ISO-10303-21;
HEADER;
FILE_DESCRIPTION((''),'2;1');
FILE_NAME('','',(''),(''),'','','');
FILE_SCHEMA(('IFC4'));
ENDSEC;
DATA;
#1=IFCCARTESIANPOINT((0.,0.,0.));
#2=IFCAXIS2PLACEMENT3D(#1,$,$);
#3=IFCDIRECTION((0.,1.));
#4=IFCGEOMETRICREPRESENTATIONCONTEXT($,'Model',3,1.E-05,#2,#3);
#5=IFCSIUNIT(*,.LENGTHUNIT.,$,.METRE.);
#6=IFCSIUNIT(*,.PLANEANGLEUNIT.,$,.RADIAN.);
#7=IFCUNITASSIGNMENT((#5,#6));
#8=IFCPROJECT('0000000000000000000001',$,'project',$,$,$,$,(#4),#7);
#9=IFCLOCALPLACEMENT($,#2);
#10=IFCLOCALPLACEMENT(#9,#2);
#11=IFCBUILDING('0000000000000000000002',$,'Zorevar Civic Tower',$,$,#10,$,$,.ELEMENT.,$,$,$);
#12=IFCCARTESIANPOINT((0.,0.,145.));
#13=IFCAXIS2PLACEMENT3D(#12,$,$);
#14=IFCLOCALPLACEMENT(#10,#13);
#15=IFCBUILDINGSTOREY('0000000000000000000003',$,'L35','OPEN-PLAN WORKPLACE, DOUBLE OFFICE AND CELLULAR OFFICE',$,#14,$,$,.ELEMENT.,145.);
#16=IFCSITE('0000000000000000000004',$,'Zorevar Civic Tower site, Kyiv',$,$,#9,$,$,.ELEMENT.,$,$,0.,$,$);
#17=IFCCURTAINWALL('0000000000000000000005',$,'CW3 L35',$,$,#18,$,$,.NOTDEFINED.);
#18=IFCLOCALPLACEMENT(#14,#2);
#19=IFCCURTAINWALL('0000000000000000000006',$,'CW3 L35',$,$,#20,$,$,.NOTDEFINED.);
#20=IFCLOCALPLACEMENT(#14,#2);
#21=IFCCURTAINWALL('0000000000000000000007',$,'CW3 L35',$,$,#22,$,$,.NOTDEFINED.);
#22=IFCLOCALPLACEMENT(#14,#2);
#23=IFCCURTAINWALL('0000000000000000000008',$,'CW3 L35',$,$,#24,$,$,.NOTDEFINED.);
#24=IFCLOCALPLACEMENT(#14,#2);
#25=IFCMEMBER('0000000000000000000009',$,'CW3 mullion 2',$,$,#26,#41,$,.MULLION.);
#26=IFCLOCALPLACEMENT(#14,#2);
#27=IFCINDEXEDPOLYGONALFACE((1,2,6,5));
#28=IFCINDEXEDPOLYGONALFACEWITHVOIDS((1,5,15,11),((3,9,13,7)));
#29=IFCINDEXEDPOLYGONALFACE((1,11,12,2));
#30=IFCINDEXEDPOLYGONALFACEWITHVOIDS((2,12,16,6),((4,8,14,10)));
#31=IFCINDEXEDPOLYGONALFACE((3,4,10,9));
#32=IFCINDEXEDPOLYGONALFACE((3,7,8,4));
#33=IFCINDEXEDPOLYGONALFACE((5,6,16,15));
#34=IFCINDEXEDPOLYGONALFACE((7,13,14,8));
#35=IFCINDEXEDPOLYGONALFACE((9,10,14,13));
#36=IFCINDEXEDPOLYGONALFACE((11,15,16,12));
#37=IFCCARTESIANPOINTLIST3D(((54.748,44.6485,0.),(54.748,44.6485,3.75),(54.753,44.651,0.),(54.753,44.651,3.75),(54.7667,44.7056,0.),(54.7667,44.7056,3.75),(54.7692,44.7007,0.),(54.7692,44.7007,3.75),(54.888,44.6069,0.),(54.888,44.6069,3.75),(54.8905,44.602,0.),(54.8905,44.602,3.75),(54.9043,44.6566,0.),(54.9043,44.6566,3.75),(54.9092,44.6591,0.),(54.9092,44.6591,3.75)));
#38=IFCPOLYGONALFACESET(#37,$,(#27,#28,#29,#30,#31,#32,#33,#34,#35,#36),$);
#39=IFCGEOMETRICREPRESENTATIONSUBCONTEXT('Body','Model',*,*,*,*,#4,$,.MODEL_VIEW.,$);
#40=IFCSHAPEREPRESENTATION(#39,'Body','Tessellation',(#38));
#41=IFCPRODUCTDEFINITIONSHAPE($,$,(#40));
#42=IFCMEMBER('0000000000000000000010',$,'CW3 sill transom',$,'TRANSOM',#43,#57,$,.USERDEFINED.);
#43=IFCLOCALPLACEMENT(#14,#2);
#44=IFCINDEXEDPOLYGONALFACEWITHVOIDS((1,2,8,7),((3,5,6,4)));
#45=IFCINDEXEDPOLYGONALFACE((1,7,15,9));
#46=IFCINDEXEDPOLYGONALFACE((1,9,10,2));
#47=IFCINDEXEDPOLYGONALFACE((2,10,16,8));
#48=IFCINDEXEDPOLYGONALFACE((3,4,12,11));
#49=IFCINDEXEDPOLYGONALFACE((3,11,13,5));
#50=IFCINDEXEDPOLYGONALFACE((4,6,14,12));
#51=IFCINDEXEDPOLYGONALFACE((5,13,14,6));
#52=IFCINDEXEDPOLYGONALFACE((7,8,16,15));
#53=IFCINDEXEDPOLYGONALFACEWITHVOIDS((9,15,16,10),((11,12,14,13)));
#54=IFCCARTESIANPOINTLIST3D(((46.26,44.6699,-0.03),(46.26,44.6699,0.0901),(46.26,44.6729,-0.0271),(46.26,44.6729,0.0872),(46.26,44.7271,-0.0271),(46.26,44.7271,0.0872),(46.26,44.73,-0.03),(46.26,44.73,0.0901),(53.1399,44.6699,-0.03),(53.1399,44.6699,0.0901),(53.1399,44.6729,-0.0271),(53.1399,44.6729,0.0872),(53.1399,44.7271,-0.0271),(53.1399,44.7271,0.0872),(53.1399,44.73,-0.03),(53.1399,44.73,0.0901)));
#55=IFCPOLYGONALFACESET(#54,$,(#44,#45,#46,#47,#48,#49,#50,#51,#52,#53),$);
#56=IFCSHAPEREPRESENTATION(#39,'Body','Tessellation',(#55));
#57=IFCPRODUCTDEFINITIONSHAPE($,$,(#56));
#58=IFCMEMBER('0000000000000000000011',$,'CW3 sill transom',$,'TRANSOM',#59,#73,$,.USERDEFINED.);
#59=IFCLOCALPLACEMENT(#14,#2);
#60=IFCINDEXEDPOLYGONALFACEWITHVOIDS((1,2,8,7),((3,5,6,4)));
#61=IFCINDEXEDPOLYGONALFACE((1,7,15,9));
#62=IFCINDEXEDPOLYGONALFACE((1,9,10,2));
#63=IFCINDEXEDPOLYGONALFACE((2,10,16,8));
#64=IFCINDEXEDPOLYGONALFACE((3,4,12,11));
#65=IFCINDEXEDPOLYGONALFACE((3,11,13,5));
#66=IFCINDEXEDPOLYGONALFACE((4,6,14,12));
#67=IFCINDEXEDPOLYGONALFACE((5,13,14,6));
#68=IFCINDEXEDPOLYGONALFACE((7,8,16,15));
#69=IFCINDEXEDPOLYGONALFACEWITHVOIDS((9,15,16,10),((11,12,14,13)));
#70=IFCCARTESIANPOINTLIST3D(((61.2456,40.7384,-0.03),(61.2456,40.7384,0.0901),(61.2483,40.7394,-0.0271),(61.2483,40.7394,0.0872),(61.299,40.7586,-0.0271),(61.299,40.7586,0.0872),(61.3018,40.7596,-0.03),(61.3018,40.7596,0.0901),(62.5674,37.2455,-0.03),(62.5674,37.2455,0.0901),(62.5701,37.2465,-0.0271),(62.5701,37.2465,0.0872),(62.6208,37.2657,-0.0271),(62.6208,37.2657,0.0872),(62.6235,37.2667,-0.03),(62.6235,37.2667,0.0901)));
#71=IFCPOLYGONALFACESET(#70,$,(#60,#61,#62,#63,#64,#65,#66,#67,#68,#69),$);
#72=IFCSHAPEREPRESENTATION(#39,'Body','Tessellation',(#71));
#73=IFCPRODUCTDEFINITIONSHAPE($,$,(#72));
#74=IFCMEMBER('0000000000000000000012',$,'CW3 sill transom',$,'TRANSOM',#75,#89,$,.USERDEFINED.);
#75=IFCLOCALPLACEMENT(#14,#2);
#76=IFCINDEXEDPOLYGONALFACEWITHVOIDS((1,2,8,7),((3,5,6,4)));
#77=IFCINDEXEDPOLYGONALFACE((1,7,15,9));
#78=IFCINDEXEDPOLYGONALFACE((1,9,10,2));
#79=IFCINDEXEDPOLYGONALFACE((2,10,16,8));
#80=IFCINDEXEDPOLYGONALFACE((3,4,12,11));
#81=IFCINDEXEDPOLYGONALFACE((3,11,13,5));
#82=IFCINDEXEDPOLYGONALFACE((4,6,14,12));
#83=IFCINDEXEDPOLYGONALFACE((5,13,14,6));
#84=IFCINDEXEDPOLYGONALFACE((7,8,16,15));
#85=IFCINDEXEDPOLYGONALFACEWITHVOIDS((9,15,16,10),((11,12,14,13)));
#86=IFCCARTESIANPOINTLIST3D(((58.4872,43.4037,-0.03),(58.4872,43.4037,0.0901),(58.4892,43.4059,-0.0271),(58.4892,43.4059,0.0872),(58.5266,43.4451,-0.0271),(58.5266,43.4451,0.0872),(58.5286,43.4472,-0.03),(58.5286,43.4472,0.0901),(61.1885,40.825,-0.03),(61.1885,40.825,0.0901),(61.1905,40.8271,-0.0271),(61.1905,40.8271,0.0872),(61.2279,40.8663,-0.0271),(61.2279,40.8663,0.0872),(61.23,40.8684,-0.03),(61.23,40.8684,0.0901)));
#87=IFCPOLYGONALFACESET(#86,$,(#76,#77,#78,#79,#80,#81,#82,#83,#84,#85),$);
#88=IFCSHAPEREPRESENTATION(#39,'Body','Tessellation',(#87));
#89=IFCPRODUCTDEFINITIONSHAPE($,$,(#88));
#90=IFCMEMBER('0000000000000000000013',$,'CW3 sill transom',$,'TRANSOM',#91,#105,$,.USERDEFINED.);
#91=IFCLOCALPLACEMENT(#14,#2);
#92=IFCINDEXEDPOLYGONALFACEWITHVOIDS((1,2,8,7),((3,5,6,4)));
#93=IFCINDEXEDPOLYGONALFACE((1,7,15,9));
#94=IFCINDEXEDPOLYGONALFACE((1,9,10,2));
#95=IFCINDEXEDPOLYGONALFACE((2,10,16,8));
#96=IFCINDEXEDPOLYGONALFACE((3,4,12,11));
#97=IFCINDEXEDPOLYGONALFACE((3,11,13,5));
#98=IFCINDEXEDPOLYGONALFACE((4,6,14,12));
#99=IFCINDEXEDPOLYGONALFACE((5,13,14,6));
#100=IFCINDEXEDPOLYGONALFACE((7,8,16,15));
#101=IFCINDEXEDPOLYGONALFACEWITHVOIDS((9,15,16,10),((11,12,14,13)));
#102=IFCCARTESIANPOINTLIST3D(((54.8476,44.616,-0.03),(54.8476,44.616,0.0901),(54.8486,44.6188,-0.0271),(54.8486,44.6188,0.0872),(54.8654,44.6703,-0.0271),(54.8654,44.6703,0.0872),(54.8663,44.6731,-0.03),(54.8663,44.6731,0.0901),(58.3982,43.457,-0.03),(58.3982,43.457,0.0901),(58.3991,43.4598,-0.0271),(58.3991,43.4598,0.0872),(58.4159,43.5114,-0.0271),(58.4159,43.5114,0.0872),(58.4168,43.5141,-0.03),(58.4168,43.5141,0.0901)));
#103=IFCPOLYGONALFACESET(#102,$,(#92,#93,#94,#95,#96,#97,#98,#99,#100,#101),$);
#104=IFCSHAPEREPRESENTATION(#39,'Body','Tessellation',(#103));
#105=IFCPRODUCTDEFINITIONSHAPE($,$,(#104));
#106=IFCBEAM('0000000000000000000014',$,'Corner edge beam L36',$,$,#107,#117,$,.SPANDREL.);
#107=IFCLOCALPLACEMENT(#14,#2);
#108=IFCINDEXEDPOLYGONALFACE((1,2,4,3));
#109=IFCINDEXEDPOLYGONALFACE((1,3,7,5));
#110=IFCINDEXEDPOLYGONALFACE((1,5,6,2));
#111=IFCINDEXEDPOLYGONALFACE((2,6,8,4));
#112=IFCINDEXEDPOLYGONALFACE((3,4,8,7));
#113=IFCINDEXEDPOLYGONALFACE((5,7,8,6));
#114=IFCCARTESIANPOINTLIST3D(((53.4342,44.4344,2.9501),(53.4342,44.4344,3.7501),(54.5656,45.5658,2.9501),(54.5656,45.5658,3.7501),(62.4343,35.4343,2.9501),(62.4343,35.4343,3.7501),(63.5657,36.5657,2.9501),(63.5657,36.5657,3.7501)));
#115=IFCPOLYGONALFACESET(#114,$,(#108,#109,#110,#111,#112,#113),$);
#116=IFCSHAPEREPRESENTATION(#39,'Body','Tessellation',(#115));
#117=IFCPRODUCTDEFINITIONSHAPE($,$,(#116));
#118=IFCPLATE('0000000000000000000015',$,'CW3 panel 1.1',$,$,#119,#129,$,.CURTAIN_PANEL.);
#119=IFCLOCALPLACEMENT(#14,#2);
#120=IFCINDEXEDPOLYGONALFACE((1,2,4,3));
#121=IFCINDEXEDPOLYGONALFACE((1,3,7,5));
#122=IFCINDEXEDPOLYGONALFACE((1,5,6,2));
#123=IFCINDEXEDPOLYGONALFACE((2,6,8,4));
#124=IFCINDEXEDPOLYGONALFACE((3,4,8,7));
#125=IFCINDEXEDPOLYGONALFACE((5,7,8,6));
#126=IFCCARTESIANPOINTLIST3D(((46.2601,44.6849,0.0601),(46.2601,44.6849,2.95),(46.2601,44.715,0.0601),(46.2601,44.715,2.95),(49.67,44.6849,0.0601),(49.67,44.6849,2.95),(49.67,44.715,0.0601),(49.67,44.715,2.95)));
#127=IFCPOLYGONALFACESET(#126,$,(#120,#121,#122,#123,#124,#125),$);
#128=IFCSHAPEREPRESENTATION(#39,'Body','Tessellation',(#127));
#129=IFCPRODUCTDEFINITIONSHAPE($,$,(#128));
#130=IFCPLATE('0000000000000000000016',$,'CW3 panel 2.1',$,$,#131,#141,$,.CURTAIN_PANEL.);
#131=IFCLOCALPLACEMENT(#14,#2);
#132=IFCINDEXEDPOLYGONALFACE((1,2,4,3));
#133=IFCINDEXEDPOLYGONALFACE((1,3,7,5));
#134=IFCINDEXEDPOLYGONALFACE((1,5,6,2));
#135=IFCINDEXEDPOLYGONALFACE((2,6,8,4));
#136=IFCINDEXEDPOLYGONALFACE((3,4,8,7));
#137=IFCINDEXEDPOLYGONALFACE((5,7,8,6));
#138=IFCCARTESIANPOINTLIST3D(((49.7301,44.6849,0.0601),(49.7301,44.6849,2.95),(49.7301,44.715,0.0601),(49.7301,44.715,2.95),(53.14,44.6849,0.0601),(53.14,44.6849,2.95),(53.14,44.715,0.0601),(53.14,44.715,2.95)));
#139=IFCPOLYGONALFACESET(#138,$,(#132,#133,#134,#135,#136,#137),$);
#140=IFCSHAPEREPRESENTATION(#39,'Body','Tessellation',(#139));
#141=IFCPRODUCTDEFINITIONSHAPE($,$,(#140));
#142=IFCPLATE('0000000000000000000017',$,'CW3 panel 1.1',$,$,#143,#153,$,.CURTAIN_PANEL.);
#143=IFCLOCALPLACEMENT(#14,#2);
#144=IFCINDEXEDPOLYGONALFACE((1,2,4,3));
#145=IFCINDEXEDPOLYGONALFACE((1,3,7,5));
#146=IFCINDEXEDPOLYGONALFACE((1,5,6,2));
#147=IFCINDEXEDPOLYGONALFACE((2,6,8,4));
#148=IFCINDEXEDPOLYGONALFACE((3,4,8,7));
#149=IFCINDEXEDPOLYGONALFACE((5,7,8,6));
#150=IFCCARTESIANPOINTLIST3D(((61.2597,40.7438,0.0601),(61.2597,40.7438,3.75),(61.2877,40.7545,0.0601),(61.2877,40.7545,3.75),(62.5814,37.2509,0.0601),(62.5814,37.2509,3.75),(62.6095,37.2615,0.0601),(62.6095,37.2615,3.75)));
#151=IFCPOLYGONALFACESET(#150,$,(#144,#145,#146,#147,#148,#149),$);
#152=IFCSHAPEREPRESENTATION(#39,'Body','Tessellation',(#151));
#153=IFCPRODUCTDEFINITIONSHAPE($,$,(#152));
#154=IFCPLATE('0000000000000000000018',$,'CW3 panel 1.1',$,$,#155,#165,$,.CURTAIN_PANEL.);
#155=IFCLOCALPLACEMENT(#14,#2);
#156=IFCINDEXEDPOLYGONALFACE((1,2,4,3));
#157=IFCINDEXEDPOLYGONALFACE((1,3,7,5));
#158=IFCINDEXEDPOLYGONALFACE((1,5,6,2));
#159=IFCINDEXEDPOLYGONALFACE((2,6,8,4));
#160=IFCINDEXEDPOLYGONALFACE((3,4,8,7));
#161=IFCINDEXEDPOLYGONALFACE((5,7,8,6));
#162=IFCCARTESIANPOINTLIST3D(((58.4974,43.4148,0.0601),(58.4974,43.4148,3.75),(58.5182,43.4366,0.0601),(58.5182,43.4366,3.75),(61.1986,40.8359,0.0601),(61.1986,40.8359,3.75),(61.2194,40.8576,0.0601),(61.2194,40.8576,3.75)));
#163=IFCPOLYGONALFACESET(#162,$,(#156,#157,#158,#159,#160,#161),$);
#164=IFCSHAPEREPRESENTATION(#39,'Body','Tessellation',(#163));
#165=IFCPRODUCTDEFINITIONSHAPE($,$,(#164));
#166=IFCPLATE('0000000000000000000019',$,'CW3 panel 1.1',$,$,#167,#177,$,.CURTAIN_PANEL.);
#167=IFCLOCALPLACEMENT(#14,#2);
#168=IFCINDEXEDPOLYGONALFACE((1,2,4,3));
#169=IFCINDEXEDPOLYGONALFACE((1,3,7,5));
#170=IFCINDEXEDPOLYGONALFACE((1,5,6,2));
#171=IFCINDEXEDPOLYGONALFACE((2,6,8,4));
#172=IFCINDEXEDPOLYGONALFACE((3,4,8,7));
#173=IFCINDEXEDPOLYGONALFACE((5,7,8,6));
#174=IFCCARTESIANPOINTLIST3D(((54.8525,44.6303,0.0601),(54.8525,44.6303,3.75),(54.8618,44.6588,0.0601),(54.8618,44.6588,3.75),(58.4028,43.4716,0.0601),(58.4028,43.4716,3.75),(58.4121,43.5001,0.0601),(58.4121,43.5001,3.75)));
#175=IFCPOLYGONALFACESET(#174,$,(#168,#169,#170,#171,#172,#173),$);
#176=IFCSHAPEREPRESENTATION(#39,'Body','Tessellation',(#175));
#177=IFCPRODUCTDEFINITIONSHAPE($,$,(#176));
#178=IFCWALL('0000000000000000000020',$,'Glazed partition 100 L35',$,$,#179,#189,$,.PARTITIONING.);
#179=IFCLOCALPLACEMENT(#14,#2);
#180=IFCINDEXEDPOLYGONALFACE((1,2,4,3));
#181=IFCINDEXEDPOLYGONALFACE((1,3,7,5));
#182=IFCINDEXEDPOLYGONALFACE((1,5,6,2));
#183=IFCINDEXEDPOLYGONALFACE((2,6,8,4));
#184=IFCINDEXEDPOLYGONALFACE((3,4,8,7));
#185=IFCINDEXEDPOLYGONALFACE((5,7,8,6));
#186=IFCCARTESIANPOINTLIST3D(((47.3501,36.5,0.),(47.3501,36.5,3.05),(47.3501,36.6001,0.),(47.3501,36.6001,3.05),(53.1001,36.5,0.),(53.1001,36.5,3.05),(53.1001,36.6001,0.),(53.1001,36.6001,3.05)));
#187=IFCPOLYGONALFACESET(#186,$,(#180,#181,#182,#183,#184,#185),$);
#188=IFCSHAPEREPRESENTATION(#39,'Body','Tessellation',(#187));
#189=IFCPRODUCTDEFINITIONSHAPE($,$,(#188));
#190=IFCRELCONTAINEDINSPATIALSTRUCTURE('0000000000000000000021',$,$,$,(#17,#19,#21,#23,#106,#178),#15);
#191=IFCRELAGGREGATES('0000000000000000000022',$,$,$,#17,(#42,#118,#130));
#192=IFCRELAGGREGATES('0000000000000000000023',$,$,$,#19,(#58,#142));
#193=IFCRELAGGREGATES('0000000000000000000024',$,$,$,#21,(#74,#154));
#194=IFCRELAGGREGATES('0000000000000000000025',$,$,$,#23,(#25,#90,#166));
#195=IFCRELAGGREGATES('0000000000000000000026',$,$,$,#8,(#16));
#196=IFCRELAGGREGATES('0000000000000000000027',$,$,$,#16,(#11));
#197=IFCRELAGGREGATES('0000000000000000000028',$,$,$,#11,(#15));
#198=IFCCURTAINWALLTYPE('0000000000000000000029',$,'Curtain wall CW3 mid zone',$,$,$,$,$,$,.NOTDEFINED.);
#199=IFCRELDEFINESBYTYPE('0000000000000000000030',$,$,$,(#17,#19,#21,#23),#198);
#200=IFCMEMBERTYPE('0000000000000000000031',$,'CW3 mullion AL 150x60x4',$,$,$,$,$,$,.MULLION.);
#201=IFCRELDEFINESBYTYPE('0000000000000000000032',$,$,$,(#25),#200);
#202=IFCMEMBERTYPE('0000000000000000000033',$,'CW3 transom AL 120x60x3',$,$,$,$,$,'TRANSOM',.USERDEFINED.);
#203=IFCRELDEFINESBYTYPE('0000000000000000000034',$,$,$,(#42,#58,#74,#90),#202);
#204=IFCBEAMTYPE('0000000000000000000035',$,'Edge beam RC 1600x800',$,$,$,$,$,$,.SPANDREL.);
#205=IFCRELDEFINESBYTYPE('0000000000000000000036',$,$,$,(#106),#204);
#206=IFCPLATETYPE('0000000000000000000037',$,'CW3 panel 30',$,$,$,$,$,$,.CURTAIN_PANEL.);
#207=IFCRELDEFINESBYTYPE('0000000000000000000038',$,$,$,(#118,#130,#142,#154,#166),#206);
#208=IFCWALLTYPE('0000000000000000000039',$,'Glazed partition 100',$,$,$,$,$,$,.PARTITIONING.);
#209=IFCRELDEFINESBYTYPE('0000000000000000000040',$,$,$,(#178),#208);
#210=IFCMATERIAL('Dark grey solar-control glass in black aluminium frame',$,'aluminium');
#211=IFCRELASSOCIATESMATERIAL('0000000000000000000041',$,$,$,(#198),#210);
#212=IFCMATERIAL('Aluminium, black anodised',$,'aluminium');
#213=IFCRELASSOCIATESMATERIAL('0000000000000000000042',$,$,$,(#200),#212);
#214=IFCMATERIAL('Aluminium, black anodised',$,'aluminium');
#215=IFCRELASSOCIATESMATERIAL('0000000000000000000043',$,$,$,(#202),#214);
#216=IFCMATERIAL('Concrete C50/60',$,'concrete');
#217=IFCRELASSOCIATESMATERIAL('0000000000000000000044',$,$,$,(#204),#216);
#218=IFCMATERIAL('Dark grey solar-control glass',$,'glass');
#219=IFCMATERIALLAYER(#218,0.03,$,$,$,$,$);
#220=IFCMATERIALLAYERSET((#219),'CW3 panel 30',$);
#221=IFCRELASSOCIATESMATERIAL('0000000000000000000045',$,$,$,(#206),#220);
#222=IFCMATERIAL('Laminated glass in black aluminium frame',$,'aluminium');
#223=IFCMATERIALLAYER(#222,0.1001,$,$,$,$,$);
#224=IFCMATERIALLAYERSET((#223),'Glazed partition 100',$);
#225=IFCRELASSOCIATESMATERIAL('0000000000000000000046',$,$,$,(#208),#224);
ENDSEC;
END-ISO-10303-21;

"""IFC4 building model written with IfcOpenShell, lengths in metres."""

from ifc_helpers import new_model, si_unit, direction, frame, frame_2d, origin, origin_2d, place, context, subcontext, project, spatial, rectangle, hollow_rectangle, extrude, material, layer, layer_set, material_profile, profile_set, type_object, element, aggregate, save


model = new_model("IFC4")

# Units and contexts
model_context = context("Model", 3, precision=1e-05, world=origin(), true_north=direction((0.0, 1.0)))
body_context = subcontext(model_context, "Body", "Model", "MODEL_VIEW")
ifc_project = project(units=[si_unit("LENGTHUNIT", "METRE"), si_unit("PLANEANGLEUNIT", "RADIAN")], contexts=[model_context])

# Site, building, storey
site_placement = place(None, origin())
site = spatial("IfcSite", under=ifc_project, at=site_placement, Name="Zorevar Civic Tower site, Kyiv", CompositionType="ELEMENT", RefElevation=0.0)
building_placement = place(site_placement, origin())
building = spatial("IfcBuilding", under=site, at=building_placement, Name="Zorevar Civic Tower", CompositionType="ELEMENT")
storey_placement = place(building_placement, frame((0.0, 0.0, 145.0)))
storey = spatial("IfcBuildingStorey", under=building, at=storey_placement, Name="L35", Description="OPEN-PLAN WORKPLACE, DOUBLE OFFICE AND CELLULAR OFFICE", CompositionType="ELEMENT", Elevation=145.0)

# Curtain walls, member
ifc_material_1 = material(Name="Dark grey solar-control glass in black aluminium frame", Category="aluminium")
curtain_wall_type = type_object("IfcCurtainWallType", Name="Curtain wall CW3 mid zone", PredefinedType="NOTDEFINED", material=ifc_material_1)
curtain_wall_1_placement = place(storey_placement, origin())
curtain_wall_1 = element("IfcCurtainWall", 1, at=curtain_wall_1_placement, inside=storey, type_object=curtain_wall_type, Name="CW3 L35", PredefinedType="NOTDEFINED")
ifc_material_2 = material(Name="Aluminium, black anodised", Category="aluminium")
ifc_material_profile_1 = material_profile(ifc_material_2, hollow_rectangle(XDim=0.0601, YDim=0.1499, WallThickness=0.0039, at=origin_2d()), Name="AL 150x60x4")
ifc_profile_set_1 = profile_set([ifc_material_profile_1], Name="Aluminium, black anodised")
member_type_1 = type_object("IfcMemberType", Name="CW3 mullion AL 150x60x4", PredefinedType="MULLION", material=ifc_profile_set_1)
curtain_wall_2_placement = place(storey_placement, origin())
curtain_wall_2 = element("IfcCurtainWall", 2, at=curtain_wall_2_placement, inside=storey, type_object=curtain_wall_type, Name="CW3 L35", PredefinedType="NOTDEFINED")
curtain_wall_3_placement = place(storey_placement, origin())
curtain_wall_3 = element("IfcCurtainWall", 3, at=curtain_wall_3_placement, inside=storey, type_object=curtain_wall_type, Name="CW3 L35", PredefinedType="NOTDEFINED")
curtain_wall_4_placement = place(storey_placement, origin())
curtain_wall_4 = element("IfcCurtainWall", 4, at=curtain_wall_4_placement, inside=storey, type_object=curtain_wall_type, Name="CW3 L35", PredefinedType="NOTDEFINED")
member_1_placement = place(storey_placement, frame((54.8286, 44.6538, 0.0), z_axis=(0.0, 0.0, 1.0), x_axis=(-0.310263, -0.950651, 0.0)))
member_1 = element("IfcMember", 5, at=member_1_placement, type_object=member_type_1, Name="CW3 mullion 2", PredefinedType="MULLION", context=body_context, shape_type="SweptSolid", body=[
    extrude(hollow_rectangle(XDim=0.0601, YDim=0.1499, WallThickness=0.0039, at=origin_2d()), origin(), (0.0, 0.0, 1.0), 3.75),
])

# Members
ifc_material_3 = material(Name="Aluminium, black anodised", Category="aluminium")
ifc_material_profile_2 = material_profile(ifc_material_3, hollow_rectangle(XDim=0.0601, YDim=0.1201, WallThickness=0.0029, at=origin_2d()), Name="AL 120x60x3")
ifc_profile_set_2 = profile_set([ifc_material_profile_2], Name="Aluminium, black anodised")
member_type_2 = type_object("IfcMemberType", Name="CW3 transom AL 120x60x3", ElementType="TRANSOM", PredefinedType="USERDEFINED", material=ifc_profile_set_2)
member_2_placement = place(storey_placement, frame((46.26, 44.7, 0.03), z_axis=(1.0, 0.0, 0.0), x_axis=(0.0, 1.0, 0.0)))
member_2 = element("IfcMember", 6, at=member_2_placement, type_object=member_type_2, Name="CW3 sill transom", ObjectType="TRANSOM", PredefinedType="USERDEFINED", context=body_context, shape_type="SweptSolid", body=[
    extrude(hollow_rectangle(XDim=0.0601, YDim=0.1201, WallThickness=0.0029, at=origin_2d()), origin(), (0.0, 0.0, 1.0), 6.8799),
])
member_3_placement = place(storey_placement, frame((62.5955, 37.2561, 0.03), z_axis=(-0.353923, 0.935275, 0.0), x_axis=(-0.935275, -0.353923, 0.0)))
member_3 = element("IfcMember", 7, at=member_3_placement, type_object=member_type_2, Name="CW3 sill transom", ObjectType="TRANSOM", PredefinedType="USERDEFINED", context=body_context, shape_type="SweptSolid", body=[
    extrude(hollow_rectangle(XDim=0.0601, YDim=0.1201, WallThickness=0.0029, at=origin_2d()), origin(), (0.0, 0.0, 1.0), 3.7346),
])
member_4_placement = place(storey_placement, frame((61.2092, 40.8467, 0.03), z_axis=(-0.723324, 0.690508, 0.0), x_axis=(-0.690508, -0.723324, 0.0)))
member_4 = element("IfcMember", 8, at=member_4_placement, type_object=member_type_2, Name="CW3 sill transom", ObjectType="TRANSOM", PredefinedType="USERDEFINED", context=body_context, shape_type="SweptSolid", body=[
    extrude(hollow_rectangle(XDim=0.0601, YDim=0.1201, WallThickness=0.0029, at=origin_2d()), origin(), (0.0, 0.0, 1.0), 3.7346),
])
member_5_placement = place(storey_placement, frame((58.4075, 43.4856, 0.03), z_axis=(-0.950639, 0.310299, 0.0), x_axis=(-0.310299, -0.950639, 0.0)))
member_5 = element("IfcMember", 9, at=member_5_placement, type_object=member_type_2, Name="CW3 sill transom", ObjectType="TRANSOM", PredefinedType="USERDEFINED", context=body_context, shape_type="SweptSolid", body=[
    extrude(hollow_rectangle(XDim=0.0601, YDim=0.1201, WallThickness=0.0029, at=origin_2d()), origin(), (0.0, 0.0, 1.0), 3.7349),
])

# Beam
ifc_material_4 = material(Name="Concrete C50/60", Category="concrete")
ifc_material_profile_3 = material_profile(ifc_material_4, rectangle(XDim=1.6001, YDim=0.8, at=origin_2d()), Name="RC 1600x800")
ifc_profile_set_3 = profile_set([ifc_material_profile_3], Name="Concrete C50/60")
beam_type_1 = type_object("IfcBeamType", Name="Edge beam RC 1600x800", PredefinedType="SPANDREL", material=ifc_profile_set_3)
beam_1_placement = place(storey_placement, frame((63.0, 36.0, 3.3501), z_axis=(-0.707107, 0.707107, 0.0), x_axis=(-0.707107, -0.707107, 0.0)))
element("IfcBeam", 10, at=beam_1_placement, inside=storey, type_object=beam_type_1, Name="Corner edge beam L36", PredefinedType="SPANDREL", context=body_context, shape_type="SweptSolid", body=[
    extrude(rectangle(XDim=1.6001, YDim=0.8, at=origin_2d()), origin(), (0.0, 0.0, 1.0), 12.728),
])

# Plates
ifc_material_5 = material(Name="Dark grey solar-control glass", Category="glass")
ifc_layer_1 = layer(ifc_material_5, 0.03)
ifc_layer_set_1 = layer_set([ifc_layer_1], Name="CW3 panel 30")
plate_type = type_object("IfcPlateType", Name="CW3 panel 30", PredefinedType="CURTAIN_PANEL", material=ifc_layer_set_1)
plate_1_placement = place(storey_placement, frame((47.9651, 44.7, 0.0601), z_axis=(0.0, 0.0, 1.0), x_axis=(1.0, 0.0, 0.0)))
plate_1 = element("IfcPlate", 11, at=plate_1_placement, type_object=plate_type, Name="CW3 panel 1.1", PredefinedType="CURTAIN_PANEL", context=body_context, shape_type="SweptSolid", body=[
    extrude(rectangle(XDim=3.4099, YDim=0.03, at=origin_2d()), origin(), (0.0, 0.0, 1.0), 2.8899),
])
plate_2_placement = place(storey_placement, frame((51.4351, 44.7, 0.0601), z_axis=(0.0, 0.0, 1.0), x_axis=(1.0, 0.0, 0.0)))
plate_2 = element("IfcPlate", 12, at=plate_2_placement, type_object=plate_type, Name="CW3 panel 2.1", PredefinedType="CURTAIN_PANEL", context=body_context, shape_type="SweptSolid", body=[
    extrude(rectangle(XDim=3.4099, YDim=0.03, at=origin_2d()), origin(), (0.0, 0.0, 1.0), 2.8899),
])
aggregate(curtain_wall_1, [member_2, plate_1, plate_2])
plate_3_placement = place(storey_placement, frame((61.9346, 39.0027, 0.0601), z_axis=(0.0, 0.0, 1.0), x_axis=(-0.353918, 0.935277, 0.0)))
plate_3 = element("IfcPlate", 13, at=plate_3_placement, type_object=plate_type, Name="CW3 panel 1.1", PredefinedType="CURTAIN_PANEL", context=body_context, shape_type="SweptSolid", body=[
    extrude(rectangle(XDim=3.7346, YDim=0.03, at=origin_2d()), origin(), (0.0, 0.0, 1.0), 3.6899),
])
aggregate(curtain_wall_2, [member_3, plate_3])
plate_4_placement = place(storey_placement, frame((59.8584, 42.1362, 0.0601), z_axis=(0.0, 0.0, 1.0), x_axis=(-0.723289, 0.690545, 0.0)))
plate_4 = element("IfcPlate", 14, at=plate_4_placement, type_object=plate_type, Name="CW3 panel 1.1", PredefinedType="CURTAIN_PANEL", context=body_context, shape_type="SweptSolid", body=[
    extrude(rectangle(XDim=3.7346, YDim=0.03, at=origin_2d()), origin(), (0.0, 0.0, 1.0), 3.6899),
])
aggregate(curtain_wall_3, [member_4, plate_4])
plate_5_placement = place(storey_placement, frame((56.6323, 44.0652, 0.0601), z_axis=(0.0, 0.0, 1.0), x_axis=(-0.950651, 0.310263, 0.0)))
plate_5 = element("IfcPlate", 15, at=plate_5_placement, type_object=plate_type, Name="CW3 panel 1.1", PredefinedType="CURTAIN_PANEL", context=body_context, shape_type="SweptSolid", body=[
    extrude(rectangle(XDim=3.7346, YDim=0.03, at=origin_2d()), origin(), (0.0, 0.0, 1.0), 3.6899),
])
aggregate(curtain_wall_4, [member_1, member_5, plate_5])

# Wall
ifc_material_6 = material(Name="Laminated glass in black aluminium frame", Category="aluminium")
ifc_layer_2 = layer(ifc_material_6, 0.1001)
ifc_layer_set_2 = layer_set([ifc_layer_2], Name="Glazed partition 100")
wall_type_1 = type_object("IfcWallType", Name="Glazed partition 100", PredefinedType="PARTITIONING", material=ifc_layer_set_2)
wall_1_placement = place(storey_placement, frame((47.3501, 36.55, 0.0), z_axis=(0.0, 0.0, 1.0), x_axis=(1.0, 0.0, 0.0)))
element("IfcWall", 16, at=wall_1_placement, inside=storey, type_object=wall_type_1, Name="Glazed partition 100 L35", PredefinedType="PARTITIONING", context=body_context, shape_type="SweptSolid", body=[
    extrude(rectangle(XDim=5.75, YDim=0.1001, at=frame_2d((2.875, 0.0))), origin(), (0.0, 0.0, 1.0), 3.05),
])

save(model, "model.ifc")
